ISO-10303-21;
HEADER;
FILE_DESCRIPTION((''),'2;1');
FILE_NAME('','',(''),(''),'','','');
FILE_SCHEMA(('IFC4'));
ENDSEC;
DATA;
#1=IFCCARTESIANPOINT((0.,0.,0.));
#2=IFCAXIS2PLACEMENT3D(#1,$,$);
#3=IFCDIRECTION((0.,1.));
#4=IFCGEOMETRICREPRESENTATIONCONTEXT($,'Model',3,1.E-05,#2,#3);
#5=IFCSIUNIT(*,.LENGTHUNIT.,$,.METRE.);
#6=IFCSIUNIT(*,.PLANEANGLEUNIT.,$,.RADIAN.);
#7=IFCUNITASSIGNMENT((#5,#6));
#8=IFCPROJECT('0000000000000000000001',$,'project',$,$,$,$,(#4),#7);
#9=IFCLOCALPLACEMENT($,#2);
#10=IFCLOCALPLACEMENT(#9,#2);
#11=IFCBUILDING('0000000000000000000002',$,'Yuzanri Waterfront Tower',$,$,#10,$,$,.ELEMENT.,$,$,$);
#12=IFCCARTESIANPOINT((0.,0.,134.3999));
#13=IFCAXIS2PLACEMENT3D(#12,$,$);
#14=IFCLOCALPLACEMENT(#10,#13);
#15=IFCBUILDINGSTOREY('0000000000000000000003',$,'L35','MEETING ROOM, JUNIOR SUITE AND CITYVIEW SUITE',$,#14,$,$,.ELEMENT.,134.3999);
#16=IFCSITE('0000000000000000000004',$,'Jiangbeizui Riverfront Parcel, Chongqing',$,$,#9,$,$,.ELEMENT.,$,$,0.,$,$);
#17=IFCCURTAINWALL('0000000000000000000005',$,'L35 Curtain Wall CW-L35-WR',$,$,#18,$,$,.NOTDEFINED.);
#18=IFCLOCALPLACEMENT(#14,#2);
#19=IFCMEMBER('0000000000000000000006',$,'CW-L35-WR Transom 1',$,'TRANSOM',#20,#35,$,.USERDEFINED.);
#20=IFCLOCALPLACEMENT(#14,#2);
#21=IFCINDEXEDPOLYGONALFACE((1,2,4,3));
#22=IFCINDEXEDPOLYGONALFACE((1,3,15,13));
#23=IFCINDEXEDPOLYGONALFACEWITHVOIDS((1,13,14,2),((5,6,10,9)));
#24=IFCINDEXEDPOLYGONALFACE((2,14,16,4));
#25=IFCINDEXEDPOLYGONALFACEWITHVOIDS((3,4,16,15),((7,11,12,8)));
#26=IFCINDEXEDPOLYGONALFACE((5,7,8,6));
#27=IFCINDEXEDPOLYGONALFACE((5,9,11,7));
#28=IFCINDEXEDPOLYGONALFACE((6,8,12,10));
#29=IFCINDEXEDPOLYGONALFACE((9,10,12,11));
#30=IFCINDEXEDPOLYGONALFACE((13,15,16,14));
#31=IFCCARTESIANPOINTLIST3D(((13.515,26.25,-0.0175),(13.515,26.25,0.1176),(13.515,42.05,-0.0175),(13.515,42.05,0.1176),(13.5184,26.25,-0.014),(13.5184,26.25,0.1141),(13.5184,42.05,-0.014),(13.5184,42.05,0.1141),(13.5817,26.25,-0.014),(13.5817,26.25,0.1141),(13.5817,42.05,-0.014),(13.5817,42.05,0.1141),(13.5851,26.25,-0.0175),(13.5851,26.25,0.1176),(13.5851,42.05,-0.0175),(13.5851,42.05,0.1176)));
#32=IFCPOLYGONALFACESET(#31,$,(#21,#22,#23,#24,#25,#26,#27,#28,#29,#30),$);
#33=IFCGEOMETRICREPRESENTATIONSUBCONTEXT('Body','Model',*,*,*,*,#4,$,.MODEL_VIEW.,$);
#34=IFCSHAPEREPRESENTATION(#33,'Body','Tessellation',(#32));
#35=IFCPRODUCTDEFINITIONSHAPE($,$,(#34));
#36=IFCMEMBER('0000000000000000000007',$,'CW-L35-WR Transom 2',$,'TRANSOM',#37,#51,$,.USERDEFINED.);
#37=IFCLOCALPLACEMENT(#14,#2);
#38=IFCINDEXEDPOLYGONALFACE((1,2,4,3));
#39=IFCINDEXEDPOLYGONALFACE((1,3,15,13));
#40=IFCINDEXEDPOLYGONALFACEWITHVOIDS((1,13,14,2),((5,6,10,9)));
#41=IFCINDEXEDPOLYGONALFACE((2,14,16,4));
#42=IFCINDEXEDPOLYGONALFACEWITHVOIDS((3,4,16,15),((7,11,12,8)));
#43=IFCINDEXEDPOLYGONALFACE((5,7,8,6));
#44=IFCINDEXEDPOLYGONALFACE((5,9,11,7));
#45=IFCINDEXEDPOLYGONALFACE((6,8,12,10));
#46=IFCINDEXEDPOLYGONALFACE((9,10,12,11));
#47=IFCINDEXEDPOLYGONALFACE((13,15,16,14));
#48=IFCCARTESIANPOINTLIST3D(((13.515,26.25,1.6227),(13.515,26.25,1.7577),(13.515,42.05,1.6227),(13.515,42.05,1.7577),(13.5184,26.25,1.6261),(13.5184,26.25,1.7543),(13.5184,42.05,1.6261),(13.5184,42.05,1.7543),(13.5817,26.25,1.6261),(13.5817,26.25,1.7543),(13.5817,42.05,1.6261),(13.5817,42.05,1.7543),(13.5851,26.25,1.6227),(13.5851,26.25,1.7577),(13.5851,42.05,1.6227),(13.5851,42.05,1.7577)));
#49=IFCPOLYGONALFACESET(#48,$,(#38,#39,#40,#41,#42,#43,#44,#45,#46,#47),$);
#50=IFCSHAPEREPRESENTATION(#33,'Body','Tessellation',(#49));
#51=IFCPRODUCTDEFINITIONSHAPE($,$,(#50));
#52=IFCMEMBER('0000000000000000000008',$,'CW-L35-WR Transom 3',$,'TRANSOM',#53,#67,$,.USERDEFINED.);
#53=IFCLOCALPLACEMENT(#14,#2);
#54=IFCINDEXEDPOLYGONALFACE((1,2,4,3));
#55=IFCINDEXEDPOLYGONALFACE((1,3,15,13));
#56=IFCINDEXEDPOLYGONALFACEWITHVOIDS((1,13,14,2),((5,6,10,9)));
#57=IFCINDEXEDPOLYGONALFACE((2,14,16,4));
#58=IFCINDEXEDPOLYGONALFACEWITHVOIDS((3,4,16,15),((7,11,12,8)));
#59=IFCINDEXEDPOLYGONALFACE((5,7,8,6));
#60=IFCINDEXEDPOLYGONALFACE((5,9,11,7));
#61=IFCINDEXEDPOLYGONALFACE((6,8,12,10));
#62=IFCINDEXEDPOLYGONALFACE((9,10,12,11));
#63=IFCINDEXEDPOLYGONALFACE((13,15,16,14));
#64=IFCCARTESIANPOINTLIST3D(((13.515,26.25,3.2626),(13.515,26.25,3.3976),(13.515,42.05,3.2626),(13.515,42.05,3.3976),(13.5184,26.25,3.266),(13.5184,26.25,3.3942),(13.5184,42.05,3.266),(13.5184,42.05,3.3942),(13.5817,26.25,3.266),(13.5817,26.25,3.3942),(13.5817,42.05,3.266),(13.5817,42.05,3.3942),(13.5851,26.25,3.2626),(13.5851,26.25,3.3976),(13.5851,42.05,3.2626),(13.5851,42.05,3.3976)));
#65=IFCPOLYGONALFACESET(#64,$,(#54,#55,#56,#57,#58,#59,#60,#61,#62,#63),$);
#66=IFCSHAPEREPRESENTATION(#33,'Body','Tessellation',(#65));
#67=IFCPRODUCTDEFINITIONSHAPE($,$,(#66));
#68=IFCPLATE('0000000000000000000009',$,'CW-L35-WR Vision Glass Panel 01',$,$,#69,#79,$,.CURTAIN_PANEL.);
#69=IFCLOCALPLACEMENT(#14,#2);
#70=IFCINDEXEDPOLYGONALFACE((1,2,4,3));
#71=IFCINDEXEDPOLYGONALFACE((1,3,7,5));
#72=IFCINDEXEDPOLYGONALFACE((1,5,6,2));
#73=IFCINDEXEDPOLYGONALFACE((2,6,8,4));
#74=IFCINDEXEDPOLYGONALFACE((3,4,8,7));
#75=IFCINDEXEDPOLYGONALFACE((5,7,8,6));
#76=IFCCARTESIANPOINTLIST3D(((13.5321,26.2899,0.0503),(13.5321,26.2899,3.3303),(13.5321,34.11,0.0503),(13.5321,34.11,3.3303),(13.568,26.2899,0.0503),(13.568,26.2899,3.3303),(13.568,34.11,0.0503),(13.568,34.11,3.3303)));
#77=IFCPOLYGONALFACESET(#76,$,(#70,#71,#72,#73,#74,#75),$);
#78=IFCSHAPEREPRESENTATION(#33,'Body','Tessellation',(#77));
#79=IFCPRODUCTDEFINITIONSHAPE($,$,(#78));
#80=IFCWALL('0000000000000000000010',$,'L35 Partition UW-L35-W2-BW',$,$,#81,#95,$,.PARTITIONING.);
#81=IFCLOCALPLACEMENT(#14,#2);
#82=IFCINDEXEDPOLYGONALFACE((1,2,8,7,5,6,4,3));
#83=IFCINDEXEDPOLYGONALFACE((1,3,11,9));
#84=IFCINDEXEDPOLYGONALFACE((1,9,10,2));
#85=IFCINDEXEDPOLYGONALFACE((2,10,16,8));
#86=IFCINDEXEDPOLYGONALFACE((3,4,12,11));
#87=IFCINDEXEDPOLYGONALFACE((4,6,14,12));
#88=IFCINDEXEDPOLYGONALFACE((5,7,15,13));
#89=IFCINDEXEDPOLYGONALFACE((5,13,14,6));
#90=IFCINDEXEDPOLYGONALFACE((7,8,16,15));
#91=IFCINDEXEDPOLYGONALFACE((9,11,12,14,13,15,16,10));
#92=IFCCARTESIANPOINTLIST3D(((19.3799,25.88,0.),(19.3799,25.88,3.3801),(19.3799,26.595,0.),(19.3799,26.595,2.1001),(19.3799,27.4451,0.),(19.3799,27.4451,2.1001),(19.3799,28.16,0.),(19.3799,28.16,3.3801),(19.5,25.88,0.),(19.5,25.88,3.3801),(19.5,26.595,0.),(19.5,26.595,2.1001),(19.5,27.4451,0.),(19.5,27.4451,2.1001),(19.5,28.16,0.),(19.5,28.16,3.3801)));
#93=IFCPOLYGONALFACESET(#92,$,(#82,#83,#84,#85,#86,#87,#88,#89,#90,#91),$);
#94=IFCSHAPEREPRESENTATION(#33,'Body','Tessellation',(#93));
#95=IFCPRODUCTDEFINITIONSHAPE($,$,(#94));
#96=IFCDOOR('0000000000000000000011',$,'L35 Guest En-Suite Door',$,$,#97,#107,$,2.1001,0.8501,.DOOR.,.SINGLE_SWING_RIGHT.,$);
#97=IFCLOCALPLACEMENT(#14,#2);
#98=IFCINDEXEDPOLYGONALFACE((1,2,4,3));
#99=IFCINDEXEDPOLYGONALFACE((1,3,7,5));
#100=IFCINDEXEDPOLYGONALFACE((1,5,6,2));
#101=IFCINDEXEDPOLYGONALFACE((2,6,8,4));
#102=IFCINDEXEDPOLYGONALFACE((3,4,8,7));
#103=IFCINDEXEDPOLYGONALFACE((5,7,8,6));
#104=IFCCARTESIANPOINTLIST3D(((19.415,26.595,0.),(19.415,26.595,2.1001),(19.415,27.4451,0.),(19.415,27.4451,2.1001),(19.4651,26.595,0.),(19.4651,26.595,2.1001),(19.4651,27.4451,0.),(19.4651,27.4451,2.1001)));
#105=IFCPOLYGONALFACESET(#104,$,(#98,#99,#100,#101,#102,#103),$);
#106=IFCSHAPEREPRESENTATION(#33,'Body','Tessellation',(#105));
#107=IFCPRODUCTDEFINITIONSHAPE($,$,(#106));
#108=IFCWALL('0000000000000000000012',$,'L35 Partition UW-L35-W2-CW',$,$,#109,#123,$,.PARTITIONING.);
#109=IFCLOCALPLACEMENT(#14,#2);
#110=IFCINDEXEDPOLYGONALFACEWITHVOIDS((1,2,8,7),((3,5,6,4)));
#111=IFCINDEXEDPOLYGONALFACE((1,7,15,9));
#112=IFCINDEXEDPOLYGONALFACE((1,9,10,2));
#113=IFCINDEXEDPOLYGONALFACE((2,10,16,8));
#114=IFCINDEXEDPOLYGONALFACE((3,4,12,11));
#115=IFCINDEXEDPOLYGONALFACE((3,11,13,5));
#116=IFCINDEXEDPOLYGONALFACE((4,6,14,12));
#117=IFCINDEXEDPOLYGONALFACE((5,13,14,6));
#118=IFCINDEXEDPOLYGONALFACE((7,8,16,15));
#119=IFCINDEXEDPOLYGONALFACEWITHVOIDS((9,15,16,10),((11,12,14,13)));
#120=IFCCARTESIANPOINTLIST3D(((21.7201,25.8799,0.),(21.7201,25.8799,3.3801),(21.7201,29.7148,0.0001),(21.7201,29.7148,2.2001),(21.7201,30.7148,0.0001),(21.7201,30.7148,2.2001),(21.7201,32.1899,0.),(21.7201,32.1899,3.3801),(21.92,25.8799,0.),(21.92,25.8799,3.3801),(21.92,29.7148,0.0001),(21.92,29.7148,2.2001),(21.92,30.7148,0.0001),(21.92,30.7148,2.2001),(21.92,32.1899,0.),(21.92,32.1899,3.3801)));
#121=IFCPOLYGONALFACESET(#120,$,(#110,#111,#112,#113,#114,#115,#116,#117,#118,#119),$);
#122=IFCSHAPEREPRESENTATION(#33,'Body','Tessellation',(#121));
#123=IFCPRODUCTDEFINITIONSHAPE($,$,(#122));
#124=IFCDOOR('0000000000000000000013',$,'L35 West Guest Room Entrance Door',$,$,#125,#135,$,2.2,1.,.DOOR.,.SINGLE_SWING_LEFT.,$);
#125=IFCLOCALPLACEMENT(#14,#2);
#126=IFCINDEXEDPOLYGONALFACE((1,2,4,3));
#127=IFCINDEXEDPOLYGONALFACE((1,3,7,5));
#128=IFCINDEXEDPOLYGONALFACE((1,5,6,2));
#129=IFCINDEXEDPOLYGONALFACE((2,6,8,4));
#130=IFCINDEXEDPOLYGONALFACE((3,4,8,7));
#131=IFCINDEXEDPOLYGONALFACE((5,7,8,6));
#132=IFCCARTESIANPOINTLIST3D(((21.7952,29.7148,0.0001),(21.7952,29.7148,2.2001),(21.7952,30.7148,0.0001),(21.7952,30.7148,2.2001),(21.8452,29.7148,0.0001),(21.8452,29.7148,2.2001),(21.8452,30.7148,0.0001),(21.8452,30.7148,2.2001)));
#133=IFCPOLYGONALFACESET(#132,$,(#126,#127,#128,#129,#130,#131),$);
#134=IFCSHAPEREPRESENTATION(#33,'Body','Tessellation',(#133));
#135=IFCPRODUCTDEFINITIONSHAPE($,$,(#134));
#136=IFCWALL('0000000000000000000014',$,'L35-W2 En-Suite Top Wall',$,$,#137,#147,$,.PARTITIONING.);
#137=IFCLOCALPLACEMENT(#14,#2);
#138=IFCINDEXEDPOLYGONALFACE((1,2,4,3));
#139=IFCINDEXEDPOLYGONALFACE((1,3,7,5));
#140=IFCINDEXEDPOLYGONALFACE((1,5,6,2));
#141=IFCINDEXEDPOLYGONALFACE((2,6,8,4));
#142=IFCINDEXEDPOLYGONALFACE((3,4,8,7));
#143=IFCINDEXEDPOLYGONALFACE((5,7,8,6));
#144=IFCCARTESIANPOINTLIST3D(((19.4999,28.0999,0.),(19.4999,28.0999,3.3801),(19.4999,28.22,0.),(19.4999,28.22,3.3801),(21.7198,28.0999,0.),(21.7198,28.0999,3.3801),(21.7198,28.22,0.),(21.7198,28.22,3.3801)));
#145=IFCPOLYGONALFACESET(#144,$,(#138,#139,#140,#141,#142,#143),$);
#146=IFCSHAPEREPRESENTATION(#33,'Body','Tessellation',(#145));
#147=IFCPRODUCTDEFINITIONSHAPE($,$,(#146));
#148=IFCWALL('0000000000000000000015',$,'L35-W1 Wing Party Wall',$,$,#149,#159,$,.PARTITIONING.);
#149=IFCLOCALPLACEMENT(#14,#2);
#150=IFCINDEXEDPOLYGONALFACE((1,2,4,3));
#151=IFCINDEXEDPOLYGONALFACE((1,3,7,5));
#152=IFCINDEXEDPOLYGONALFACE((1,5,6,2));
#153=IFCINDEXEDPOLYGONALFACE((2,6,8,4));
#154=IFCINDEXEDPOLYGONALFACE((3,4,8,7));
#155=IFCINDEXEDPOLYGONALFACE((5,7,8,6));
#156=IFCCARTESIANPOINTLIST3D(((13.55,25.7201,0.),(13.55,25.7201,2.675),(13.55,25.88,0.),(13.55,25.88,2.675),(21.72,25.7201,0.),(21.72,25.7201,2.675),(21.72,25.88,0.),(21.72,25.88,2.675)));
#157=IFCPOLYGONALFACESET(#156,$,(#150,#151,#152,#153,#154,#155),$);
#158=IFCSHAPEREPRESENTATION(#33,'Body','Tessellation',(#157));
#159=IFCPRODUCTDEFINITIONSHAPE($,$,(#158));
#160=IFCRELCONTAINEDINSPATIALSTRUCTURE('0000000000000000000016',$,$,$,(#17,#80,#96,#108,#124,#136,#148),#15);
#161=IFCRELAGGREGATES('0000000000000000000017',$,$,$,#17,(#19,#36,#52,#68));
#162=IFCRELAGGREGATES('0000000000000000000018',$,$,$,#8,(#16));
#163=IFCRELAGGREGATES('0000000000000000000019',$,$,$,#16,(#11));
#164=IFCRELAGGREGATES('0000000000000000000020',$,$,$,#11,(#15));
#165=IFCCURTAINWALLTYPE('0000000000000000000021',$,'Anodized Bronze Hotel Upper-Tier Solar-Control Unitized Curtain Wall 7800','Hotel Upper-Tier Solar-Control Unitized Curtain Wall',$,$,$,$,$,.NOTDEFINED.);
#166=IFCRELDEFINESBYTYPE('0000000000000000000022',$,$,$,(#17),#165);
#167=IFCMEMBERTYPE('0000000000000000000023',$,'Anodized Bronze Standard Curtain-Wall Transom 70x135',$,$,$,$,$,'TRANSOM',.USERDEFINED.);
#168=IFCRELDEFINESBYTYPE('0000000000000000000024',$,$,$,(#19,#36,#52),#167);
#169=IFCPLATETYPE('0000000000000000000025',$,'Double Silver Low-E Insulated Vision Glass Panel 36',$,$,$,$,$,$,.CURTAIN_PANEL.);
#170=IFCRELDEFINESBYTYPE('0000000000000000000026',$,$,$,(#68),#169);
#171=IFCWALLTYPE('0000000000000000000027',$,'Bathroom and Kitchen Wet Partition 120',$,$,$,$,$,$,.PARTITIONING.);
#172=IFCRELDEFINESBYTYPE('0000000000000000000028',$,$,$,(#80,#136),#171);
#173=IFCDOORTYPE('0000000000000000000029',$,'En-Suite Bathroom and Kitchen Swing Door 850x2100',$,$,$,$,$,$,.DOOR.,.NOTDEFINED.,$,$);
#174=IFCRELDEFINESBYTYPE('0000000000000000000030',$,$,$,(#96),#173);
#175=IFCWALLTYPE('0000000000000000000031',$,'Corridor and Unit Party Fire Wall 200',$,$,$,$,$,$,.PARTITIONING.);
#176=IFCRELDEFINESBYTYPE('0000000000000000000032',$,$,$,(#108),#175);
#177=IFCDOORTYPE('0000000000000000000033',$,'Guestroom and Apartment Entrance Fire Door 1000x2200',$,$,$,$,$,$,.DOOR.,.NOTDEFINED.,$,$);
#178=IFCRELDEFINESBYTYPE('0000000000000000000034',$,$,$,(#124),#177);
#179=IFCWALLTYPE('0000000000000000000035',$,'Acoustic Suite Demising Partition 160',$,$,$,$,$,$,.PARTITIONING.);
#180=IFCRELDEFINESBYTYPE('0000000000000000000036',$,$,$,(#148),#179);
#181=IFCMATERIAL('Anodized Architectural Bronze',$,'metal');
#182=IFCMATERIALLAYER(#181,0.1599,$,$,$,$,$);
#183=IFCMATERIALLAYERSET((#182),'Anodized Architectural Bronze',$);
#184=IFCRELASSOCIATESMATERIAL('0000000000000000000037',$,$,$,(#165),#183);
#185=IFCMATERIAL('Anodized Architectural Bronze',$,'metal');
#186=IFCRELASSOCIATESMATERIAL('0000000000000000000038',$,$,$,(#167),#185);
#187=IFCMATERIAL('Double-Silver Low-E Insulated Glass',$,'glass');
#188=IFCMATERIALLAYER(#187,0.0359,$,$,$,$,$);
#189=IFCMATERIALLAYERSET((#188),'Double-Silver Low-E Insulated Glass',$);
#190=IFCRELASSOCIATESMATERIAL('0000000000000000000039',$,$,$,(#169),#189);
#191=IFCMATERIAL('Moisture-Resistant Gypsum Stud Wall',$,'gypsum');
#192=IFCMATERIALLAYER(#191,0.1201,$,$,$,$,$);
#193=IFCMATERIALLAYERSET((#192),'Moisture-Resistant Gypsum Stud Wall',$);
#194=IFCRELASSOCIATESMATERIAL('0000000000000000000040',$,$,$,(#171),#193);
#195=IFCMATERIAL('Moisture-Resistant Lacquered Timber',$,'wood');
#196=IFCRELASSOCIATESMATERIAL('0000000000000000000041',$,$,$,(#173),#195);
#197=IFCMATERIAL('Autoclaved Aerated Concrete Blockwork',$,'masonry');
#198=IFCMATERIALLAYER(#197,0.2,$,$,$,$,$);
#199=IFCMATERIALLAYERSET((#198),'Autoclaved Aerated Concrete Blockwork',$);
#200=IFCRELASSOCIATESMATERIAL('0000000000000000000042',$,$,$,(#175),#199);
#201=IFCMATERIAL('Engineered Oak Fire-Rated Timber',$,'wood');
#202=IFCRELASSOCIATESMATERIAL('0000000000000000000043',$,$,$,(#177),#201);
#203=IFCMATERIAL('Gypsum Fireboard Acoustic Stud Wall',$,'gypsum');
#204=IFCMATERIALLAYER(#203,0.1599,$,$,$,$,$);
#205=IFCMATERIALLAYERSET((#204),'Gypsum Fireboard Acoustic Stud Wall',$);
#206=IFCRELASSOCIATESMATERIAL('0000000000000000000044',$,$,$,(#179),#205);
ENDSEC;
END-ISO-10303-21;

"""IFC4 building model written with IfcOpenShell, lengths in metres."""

from ifc_helpers import new_model, si_unit, direction, frame, frame_2d, origin, origin_2d, place, context, subcontext, project, spatial, rectangle, hollow_rectangle, extrude, source, transform, mapped, material, layer, layer_set, material_profile, profile_set, type_object, element, fill, aggregate, save


model = new_model("IFC4")

# Units and contexts
model_context = context("Model", 3, precision=1e-05, world=origin(), true_north=direction((0.0, 1.0)))
body_context = subcontext(model_context, "Body", "Model", "MODEL_VIEW")
ifc_project = project(units=[si_unit("LENGTHUNIT", "METRE"), si_unit("PLANEANGLEUNIT", "RADIAN")], contexts=[model_context])

# Site, building, storey
site_placement = place(None, origin())
site = spatial("IfcSite", under=ifc_project, at=site_placement, Name="Jiangbeizui Riverfront Parcel, Chongqing", CompositionType="ELEMENT", RefElevation=0.0)
building_placement = place(site_placement, origin())
building = spatial("IfcBuilding", under=site, at=building_placement, Name="Yuzanri Waterfront Tower", CompositionType="ELEMENT")
storey_placement = place(building_placement, frame((0.0, 0.0, 134.3999)))
storey = spatial("IfcBuildingStorey", under=building, at=storey_placement, Name="L35", Description="MEETING ROOM, JUNIOR SUITE AND CITYVIEW SUITE", CompositionType="ELEMENT", Elevation=134.3999)

# Shared definitions
ifc_material_1 = material(Name="Anodized Architectural Bronze", Category="metal")
ifc_layer_1 = layer(ifc_material_1, 0.1599)
ifc_layer_set_1 = layer_set([ifc_layer_1], Name="Anodized Architectural Bronze")
curtain_wall_type = type_object("IfcCurtainWallType", Name="Anodized Bronze Hotel Upper-Tier Solar-Control Unitized Curtain Wall 7800", Description="Hotel Upper-Tier Solar-Control Unitized Curtain Wall", PredefinedType="NOTDEFINED", material=ifc_layer_set_1)

# Curtain wall, members, plate
curtain_wall_1_placement = place(storey_placement, origin())
curtain_wall_1 = element("IfcCurtainWall", 1, at=curtain_wall_1_placement, inside=storey, type_object=curtain_wall_type, Name="L35 Curtain Wall CW-L35-WR", PredefinedType="NOTDEFINED")
ifc_material_2 = material(Name="Anodized Architectural Bronze", Category="metal")
ifc_material_profile_1 = material_profile(ifc_material_2, hollow_rectangle(XDim=0.0701, YDim=0.135, WallThickness=0.0034, at=origin_2d()), Name="CWT 70x135")
ifc_profile_set_1 = profile_set([ifc_material_profile_1], Name="Anodized Architectural Bronze")
member_type_1 = type_object("IfcMemberType", Name="Anodized Bronze Standard Curtain-Wall Transom 70x135", ElementType="TRANSOM", PredefinedType="USERDEFINED", material=ifc_profile_set_1)
shared_shape_1 = source(origin(), body_context, "Body", "SweptSolid", [
    extrude(hollow_rectangle(XDim=0.0701, YDim=0.135, WallThickness=0.0034, at=origin_2d()), origin(), (0.0, 0.0, 1.0), 15.8),
])
member_1_placement = place(storey_placement, frame((13.55, 26.25, 0.05), z_axis=(0.0, 1.0, 0.0), x_axis=(-1.0, 0.0, 0.0)))
member_1 = element("IfcMember", 2, at=member_1_placement, type_object=member_type_1, Name="CW-L35-WR Transom 1", ObjectType="TRANSOM", PredefinedType="USERDEFINED", context=body_context, shape_type="MappedRepresentation", body=[
    mapped(shared_shape_1, transform((0.0, 0.0, 0.0), scale=1.0)),
])
member_2_placement = place(storey_placement, frame((13.55, 26.25, 1.6902), z_axis=(0.0, 1.0, 0.0), x_axis=(-1.0, 0.0, 0.0)))
member_2 = element("IfcMember", 3, at=member_2_placement, type_object=member_type_1, Name="CW-L35-WR Transom 2", ObjectType="TRANSOM", PredefinedType="USERDEFINED", context=body_context, shape_type="MappedRepresentation", body=[
    mapped(shared_shape_1, transform((0.0, 0.0, 0.0), scale=1.0)),
])
member_3_placement = place(storey_placement, frame((13.55, 26.25, 3.3301), z_axis=(0.0, 1.0, 0.0), x_axis=(-1.0, 0.0, 0.0)))
member_3 = element("IfcMember", 4, at=member_3_placement, type_object=member_type_1, Name="CW-L35-WR Transom 3", ObjectType="TRANSOM", PredefinedType="USERDEFINED", context=body_context, shape_type="MappedRepresentation", body=[
    mapped(shared_shape_1, transform((0.0, 0.0, 0.0), scale=1.0)),
])
ifc_material_3 = material(Name="Double-Silver Low-E Insulated Glass", Category="glass")
ifc_layer_2 = layer(ifc_material_3, 0.0359)
ifc_layer_set_2 = layer_set([ifc_layer_2], Name="Double-Silver Low-E Insulated Glass")
plate_type = type_object("IfcPlateType", Name="Double Silver Low-E Insulated Vision Glass Panel 36", PredefinedType="CURTAIN_PANEL", material=ifc_layer_set_2)
shared_shape_2 = source(origin(), body_context, "Body", "SweptSolid", [
    extrude(rectangle(XDim=7.8201, YDim=0.0359, at=origin_2d()), origin(), (0.0, 0.0, 1.0), 3.28),
])
plate_placement = place(storey_placement, frame((13.55, 30.2, 0.0503), z_axis=(0.0, 0.0, 1.0), x_axis=(0.0, 1.0, 0.0)))
plate = element("IfcPlate", 5, at=plate_placement, type_object=plate_type, Name="CW-L35-WR Vision Glass Panel 01", PredefinedType="CURTAIN_PANEL", context=body_context, shape_type="MappedRepresentation", body=[
    mapped(shared_shape_2, transform((0.0, 0.0, 0.0), scale=1.0)),
])
aggregate(curtain_wall_1, [member_1, member_2, member_3, plate])

# Wall, opening, door
ifc_material_4 = material(Name="Moisture-Resistant Gypsum Stud Wall", Category="gypsum")
ifc_layer_3 = layer(ifc_material_4, 0.1201)
ifc_layer_set_3 = layer_set([ifc_layer_3], Name="Moisture-Resistant Gypsum Stud Wall")
wall_type_1 = type_object("IfcWallType", Name="Bathroom and Kitchen Wet Partition 120", PredefinedType="PARTITIONING", material=ifc_layer_set_3)
wall_1_placement = place(storey_placement, frame((19.4399, 25.8799, 0.0), z_axis=(0.0, 0.0, 1.0), x_axis=(0.0, 1.0, 0.0)))
wall_1 = element("IfcWall", 6, at=wall_1_placement, inside=storey, type_object=wall_type_1, Name="L35 Partition UW-L35-W2-BW", PredefinedType="PARTITIONING", context=body_context, shape_type="SweptSolid", body=[
    extrude(rectangle(XDim=2.28, YDim=0.1201, at=frame_2d((1.1401, 0.0))), origin(), (0.0, 0.0, 1.0), 3.3801),
])
opening_1_placement = place(wall_1_placement, frame((0.7151, 0.0, 0.0)))
opening_1 = element("IfcOpeningElement", 7, at=opening_1_placement, cuts=wall_1, PredefinedType="OPENING", context=body_context, shape_type="SweptSolid", body=[
    extrude(rectangle(XDim=0.8501, YDim=2.1001, at=frame_2d((0.425, 1.05))), frame((0.0, 0.075, 0.0), z_axis=(0.0, -1.0, 0.0), x_axis=(1.0, 0.0, 0.0)), (0.0, 0.0, 1.0), 0.1499),
])
ifc_material_5 = material(Name="Moisture-Resistant Lacquered Timber", Category="wood")
door_type_1 = type_object("IfcDoorType", Name="En-Suite Bathroom and Kitchen Swing Door 850x2100", OperationType="NOTDEFINED", PredefinedType="DOOR", material=ifc_material_5)
shared_shape_3 = source(origin(), body_context, "Body", "SweptSolid", [
    extrude(rectangle(XDim=0.8501, YDim=2.1001, at=frame_2d((0.425, 1.05))), frame((0.0, 0.0249, 0.0), z_axis=(0.0, -1.0, 0.0), x_axis=(1.0, 0.0, 0.0)), (0.0, 0.0, 1.0), 0.05),
])
door_1_placement = place(opening_1_placement, origin())
door_1 = element("IfcDoor", 8, at=door_1_placement, inside=storey, type_object=door_type_1, Name="L35 Guest En-Suite Door", OperationType="SINGLE_SWING_RIGHT", OverallHeight=2.1001, OverallWidth=0.8501, PredefinedType="DOOR", context=body_context, shape_type="MappedRepresentation", body=[
    mapped(shared_shape_3, transform((0.0, 0.0, 0.0), scale=1.0)),
])
fill(opening_1, door_1)

# Wall, opening, door
ifc_material_6 = material(Name="Autoclaved Aerated Concrete Blockwork", Category="masonry")
ifc_layer_4 = layer(ifc_material_6, 0.2)
ifc_layer_set_4 = layer_set([ifc_layer_4], Name="Autoclaved Aerated Concrete Blockwork")
wall_type_2 = type_object("IfcWallType", Name="Corridor and Unit Party Fire Wall 200", PredefinedType="PARTITIONING", material=ifc_layer_set_4)
wall_2_placement = place(storey_placement, frame((21.8201, 25.8799, 0.0), z_axis=(0.0, 0.0, 1.0), x_axis=(0.0, 1.0, 0.0)))
wall_2 = element("IfcWall", 9, at=wall_2_placement, inside=storey, type_object=wall_type_2, Name="L35 Partition UW-L35-W2-CW", PredefinedType="PARTITIONING", context=body_context, shape_type="SweptSolid", body=[
    extrude(rectangle(XDim=6.3101, YDim=0.2, at=frame_2d((3.155, 0.0))), origin(), (0.0, 0.0, 1.0), 3.3801),
])
opening_2_placement = place(wall_2_placement, frame((3.835, 0.0, 0.0)))
opening_2 = element("IfcOpeningElement", 10, at=opening_2_placement, cuts=wall_2, PredefinedType="OPENING", context=body_context, shape_type="SweptSolid", body=[
    extrude(rectangle(XDim=1.0, YDim=2.2, at=frame_2d((0.5, 1.1001))), frame((0.0, 0.1147, 0.0), z_axis=(0.0, -1.0, 0.0), x_axis=(1.0, 0.0, 0.0)), (0.0, 0.0, 1.0), 0.2297),
])
ifc_material_7 = material(Name="Engineered Oak Fire-Rated Timber", Category="wood")
door_type_2 = type_object("IfcDoorType", Name="Guestroom and Apartment Entrance Fire Door 1000x2200", OperationType="NOTDEFINED", PredefinedType="DOOR", material=ifc_material_7)
shared_shape_4 = source(origin(), body_context, "Body", "SweptSolid", [
    extrude(rectangle(XDim=1.0, YDim=2.2, at=frame_2d((0.5, 1.1001))), frame((0.0, 0.0249, 0.0), z_axis=(0.0, -1.0, 0.0), x_axis=(1.0, 0.0, 0.0)), (0.0, 0.0, 1.0), 0.05),
])
door_2_placement = place(opening_2_placement, origin())
door_2 = element("IfcDoor", 11, at=door_2_placement, inside=storey, type_object=door_type_2, Name="L35 West Guest Room Entrance Door", OperationType="SINGLE_SWING_LEFT", OverallHeight=2.2, OverallWidth=1.0, PredefinedType="DOOR", context=body_context, shape_type="MappedRepresentation", body=[
    mapped(shared_shape_4, transform((0.0, 0.0, 0.0), scale=1.0)),
])
fill(opening_2, door_2)

# Walls
shared_shape_5 = source(origin(), body_context, "Body", "SweptSolid", [
    extrude(rectangle(XDim=2.22, YDim=0.1201, at=frame_2d((1.1099, 0.0))), origin(), (0.0, 0.0, 1.0), 3.3801),
])
wall_3_placement = place(storey_placement, frame((19.5, 28.1599, 0.0), z_axis=(0.0, 0.0, 1.0), x_axis=(1.0, 0.0, 0.0)))
element("IfcWall", 12, at=wall_3_placement, inside=storey, type_object=wall_type_1, Name="L35-W2 En-Suite Top Wall", PredefinedType="PARTITIONING", context=body_context, shape_type="MappedRepresentation", body=[
    mapped(shared_shape_5, transform((0.0, 0.0, 0.0), scale=1.0)),
])
ifc_material_8 = material(Name="Gypsum Fireboard Acoustic Stud Wall", Category="gypsum")
ifc_layer_5 = layer(ifc_material_8, 0.1599)
ifc_layer_set_5 = layer_set([ifc_layer_5], Name="Gypsum Fireboard Acoustic Stud Wall")
wall_type_3 = type_object("IfcWallType", Name="Acoustic Suite Demising Partition 160", PredefinedType="PARTITIONING", material=ifc_layer_set_5)
shared_shape_6 = source(origin(), body_context, "Body", "SweptSolid", [
    extrude(rectangle(XDim=8.1699, YDim=0.1599, at=frame_2d((4.085, 0.0))), origin(), (0.0, 0.0, 1.0), 2.675),
])
wall_4_placement = place(storey_placement, frame((13.55, 25.8, 0.0), z_axis=(0.0, 0.0, 1.0), x_axis=(1.0, 0.0, 0.0)))
element("IfcWall", 13, at=wall_4_placement, inside=storey, type_object=wall_type_3, Name="L35-W1 Wing Party Wall", PredefinedType="PARTITIONING", context=body_context, shape_type="MappedRepresentation", body=[
    mapped(shared_shape_6, transform((0.0, 0.0, 0.0), scale=1.0)),
])

save(model, "model.ifc")
